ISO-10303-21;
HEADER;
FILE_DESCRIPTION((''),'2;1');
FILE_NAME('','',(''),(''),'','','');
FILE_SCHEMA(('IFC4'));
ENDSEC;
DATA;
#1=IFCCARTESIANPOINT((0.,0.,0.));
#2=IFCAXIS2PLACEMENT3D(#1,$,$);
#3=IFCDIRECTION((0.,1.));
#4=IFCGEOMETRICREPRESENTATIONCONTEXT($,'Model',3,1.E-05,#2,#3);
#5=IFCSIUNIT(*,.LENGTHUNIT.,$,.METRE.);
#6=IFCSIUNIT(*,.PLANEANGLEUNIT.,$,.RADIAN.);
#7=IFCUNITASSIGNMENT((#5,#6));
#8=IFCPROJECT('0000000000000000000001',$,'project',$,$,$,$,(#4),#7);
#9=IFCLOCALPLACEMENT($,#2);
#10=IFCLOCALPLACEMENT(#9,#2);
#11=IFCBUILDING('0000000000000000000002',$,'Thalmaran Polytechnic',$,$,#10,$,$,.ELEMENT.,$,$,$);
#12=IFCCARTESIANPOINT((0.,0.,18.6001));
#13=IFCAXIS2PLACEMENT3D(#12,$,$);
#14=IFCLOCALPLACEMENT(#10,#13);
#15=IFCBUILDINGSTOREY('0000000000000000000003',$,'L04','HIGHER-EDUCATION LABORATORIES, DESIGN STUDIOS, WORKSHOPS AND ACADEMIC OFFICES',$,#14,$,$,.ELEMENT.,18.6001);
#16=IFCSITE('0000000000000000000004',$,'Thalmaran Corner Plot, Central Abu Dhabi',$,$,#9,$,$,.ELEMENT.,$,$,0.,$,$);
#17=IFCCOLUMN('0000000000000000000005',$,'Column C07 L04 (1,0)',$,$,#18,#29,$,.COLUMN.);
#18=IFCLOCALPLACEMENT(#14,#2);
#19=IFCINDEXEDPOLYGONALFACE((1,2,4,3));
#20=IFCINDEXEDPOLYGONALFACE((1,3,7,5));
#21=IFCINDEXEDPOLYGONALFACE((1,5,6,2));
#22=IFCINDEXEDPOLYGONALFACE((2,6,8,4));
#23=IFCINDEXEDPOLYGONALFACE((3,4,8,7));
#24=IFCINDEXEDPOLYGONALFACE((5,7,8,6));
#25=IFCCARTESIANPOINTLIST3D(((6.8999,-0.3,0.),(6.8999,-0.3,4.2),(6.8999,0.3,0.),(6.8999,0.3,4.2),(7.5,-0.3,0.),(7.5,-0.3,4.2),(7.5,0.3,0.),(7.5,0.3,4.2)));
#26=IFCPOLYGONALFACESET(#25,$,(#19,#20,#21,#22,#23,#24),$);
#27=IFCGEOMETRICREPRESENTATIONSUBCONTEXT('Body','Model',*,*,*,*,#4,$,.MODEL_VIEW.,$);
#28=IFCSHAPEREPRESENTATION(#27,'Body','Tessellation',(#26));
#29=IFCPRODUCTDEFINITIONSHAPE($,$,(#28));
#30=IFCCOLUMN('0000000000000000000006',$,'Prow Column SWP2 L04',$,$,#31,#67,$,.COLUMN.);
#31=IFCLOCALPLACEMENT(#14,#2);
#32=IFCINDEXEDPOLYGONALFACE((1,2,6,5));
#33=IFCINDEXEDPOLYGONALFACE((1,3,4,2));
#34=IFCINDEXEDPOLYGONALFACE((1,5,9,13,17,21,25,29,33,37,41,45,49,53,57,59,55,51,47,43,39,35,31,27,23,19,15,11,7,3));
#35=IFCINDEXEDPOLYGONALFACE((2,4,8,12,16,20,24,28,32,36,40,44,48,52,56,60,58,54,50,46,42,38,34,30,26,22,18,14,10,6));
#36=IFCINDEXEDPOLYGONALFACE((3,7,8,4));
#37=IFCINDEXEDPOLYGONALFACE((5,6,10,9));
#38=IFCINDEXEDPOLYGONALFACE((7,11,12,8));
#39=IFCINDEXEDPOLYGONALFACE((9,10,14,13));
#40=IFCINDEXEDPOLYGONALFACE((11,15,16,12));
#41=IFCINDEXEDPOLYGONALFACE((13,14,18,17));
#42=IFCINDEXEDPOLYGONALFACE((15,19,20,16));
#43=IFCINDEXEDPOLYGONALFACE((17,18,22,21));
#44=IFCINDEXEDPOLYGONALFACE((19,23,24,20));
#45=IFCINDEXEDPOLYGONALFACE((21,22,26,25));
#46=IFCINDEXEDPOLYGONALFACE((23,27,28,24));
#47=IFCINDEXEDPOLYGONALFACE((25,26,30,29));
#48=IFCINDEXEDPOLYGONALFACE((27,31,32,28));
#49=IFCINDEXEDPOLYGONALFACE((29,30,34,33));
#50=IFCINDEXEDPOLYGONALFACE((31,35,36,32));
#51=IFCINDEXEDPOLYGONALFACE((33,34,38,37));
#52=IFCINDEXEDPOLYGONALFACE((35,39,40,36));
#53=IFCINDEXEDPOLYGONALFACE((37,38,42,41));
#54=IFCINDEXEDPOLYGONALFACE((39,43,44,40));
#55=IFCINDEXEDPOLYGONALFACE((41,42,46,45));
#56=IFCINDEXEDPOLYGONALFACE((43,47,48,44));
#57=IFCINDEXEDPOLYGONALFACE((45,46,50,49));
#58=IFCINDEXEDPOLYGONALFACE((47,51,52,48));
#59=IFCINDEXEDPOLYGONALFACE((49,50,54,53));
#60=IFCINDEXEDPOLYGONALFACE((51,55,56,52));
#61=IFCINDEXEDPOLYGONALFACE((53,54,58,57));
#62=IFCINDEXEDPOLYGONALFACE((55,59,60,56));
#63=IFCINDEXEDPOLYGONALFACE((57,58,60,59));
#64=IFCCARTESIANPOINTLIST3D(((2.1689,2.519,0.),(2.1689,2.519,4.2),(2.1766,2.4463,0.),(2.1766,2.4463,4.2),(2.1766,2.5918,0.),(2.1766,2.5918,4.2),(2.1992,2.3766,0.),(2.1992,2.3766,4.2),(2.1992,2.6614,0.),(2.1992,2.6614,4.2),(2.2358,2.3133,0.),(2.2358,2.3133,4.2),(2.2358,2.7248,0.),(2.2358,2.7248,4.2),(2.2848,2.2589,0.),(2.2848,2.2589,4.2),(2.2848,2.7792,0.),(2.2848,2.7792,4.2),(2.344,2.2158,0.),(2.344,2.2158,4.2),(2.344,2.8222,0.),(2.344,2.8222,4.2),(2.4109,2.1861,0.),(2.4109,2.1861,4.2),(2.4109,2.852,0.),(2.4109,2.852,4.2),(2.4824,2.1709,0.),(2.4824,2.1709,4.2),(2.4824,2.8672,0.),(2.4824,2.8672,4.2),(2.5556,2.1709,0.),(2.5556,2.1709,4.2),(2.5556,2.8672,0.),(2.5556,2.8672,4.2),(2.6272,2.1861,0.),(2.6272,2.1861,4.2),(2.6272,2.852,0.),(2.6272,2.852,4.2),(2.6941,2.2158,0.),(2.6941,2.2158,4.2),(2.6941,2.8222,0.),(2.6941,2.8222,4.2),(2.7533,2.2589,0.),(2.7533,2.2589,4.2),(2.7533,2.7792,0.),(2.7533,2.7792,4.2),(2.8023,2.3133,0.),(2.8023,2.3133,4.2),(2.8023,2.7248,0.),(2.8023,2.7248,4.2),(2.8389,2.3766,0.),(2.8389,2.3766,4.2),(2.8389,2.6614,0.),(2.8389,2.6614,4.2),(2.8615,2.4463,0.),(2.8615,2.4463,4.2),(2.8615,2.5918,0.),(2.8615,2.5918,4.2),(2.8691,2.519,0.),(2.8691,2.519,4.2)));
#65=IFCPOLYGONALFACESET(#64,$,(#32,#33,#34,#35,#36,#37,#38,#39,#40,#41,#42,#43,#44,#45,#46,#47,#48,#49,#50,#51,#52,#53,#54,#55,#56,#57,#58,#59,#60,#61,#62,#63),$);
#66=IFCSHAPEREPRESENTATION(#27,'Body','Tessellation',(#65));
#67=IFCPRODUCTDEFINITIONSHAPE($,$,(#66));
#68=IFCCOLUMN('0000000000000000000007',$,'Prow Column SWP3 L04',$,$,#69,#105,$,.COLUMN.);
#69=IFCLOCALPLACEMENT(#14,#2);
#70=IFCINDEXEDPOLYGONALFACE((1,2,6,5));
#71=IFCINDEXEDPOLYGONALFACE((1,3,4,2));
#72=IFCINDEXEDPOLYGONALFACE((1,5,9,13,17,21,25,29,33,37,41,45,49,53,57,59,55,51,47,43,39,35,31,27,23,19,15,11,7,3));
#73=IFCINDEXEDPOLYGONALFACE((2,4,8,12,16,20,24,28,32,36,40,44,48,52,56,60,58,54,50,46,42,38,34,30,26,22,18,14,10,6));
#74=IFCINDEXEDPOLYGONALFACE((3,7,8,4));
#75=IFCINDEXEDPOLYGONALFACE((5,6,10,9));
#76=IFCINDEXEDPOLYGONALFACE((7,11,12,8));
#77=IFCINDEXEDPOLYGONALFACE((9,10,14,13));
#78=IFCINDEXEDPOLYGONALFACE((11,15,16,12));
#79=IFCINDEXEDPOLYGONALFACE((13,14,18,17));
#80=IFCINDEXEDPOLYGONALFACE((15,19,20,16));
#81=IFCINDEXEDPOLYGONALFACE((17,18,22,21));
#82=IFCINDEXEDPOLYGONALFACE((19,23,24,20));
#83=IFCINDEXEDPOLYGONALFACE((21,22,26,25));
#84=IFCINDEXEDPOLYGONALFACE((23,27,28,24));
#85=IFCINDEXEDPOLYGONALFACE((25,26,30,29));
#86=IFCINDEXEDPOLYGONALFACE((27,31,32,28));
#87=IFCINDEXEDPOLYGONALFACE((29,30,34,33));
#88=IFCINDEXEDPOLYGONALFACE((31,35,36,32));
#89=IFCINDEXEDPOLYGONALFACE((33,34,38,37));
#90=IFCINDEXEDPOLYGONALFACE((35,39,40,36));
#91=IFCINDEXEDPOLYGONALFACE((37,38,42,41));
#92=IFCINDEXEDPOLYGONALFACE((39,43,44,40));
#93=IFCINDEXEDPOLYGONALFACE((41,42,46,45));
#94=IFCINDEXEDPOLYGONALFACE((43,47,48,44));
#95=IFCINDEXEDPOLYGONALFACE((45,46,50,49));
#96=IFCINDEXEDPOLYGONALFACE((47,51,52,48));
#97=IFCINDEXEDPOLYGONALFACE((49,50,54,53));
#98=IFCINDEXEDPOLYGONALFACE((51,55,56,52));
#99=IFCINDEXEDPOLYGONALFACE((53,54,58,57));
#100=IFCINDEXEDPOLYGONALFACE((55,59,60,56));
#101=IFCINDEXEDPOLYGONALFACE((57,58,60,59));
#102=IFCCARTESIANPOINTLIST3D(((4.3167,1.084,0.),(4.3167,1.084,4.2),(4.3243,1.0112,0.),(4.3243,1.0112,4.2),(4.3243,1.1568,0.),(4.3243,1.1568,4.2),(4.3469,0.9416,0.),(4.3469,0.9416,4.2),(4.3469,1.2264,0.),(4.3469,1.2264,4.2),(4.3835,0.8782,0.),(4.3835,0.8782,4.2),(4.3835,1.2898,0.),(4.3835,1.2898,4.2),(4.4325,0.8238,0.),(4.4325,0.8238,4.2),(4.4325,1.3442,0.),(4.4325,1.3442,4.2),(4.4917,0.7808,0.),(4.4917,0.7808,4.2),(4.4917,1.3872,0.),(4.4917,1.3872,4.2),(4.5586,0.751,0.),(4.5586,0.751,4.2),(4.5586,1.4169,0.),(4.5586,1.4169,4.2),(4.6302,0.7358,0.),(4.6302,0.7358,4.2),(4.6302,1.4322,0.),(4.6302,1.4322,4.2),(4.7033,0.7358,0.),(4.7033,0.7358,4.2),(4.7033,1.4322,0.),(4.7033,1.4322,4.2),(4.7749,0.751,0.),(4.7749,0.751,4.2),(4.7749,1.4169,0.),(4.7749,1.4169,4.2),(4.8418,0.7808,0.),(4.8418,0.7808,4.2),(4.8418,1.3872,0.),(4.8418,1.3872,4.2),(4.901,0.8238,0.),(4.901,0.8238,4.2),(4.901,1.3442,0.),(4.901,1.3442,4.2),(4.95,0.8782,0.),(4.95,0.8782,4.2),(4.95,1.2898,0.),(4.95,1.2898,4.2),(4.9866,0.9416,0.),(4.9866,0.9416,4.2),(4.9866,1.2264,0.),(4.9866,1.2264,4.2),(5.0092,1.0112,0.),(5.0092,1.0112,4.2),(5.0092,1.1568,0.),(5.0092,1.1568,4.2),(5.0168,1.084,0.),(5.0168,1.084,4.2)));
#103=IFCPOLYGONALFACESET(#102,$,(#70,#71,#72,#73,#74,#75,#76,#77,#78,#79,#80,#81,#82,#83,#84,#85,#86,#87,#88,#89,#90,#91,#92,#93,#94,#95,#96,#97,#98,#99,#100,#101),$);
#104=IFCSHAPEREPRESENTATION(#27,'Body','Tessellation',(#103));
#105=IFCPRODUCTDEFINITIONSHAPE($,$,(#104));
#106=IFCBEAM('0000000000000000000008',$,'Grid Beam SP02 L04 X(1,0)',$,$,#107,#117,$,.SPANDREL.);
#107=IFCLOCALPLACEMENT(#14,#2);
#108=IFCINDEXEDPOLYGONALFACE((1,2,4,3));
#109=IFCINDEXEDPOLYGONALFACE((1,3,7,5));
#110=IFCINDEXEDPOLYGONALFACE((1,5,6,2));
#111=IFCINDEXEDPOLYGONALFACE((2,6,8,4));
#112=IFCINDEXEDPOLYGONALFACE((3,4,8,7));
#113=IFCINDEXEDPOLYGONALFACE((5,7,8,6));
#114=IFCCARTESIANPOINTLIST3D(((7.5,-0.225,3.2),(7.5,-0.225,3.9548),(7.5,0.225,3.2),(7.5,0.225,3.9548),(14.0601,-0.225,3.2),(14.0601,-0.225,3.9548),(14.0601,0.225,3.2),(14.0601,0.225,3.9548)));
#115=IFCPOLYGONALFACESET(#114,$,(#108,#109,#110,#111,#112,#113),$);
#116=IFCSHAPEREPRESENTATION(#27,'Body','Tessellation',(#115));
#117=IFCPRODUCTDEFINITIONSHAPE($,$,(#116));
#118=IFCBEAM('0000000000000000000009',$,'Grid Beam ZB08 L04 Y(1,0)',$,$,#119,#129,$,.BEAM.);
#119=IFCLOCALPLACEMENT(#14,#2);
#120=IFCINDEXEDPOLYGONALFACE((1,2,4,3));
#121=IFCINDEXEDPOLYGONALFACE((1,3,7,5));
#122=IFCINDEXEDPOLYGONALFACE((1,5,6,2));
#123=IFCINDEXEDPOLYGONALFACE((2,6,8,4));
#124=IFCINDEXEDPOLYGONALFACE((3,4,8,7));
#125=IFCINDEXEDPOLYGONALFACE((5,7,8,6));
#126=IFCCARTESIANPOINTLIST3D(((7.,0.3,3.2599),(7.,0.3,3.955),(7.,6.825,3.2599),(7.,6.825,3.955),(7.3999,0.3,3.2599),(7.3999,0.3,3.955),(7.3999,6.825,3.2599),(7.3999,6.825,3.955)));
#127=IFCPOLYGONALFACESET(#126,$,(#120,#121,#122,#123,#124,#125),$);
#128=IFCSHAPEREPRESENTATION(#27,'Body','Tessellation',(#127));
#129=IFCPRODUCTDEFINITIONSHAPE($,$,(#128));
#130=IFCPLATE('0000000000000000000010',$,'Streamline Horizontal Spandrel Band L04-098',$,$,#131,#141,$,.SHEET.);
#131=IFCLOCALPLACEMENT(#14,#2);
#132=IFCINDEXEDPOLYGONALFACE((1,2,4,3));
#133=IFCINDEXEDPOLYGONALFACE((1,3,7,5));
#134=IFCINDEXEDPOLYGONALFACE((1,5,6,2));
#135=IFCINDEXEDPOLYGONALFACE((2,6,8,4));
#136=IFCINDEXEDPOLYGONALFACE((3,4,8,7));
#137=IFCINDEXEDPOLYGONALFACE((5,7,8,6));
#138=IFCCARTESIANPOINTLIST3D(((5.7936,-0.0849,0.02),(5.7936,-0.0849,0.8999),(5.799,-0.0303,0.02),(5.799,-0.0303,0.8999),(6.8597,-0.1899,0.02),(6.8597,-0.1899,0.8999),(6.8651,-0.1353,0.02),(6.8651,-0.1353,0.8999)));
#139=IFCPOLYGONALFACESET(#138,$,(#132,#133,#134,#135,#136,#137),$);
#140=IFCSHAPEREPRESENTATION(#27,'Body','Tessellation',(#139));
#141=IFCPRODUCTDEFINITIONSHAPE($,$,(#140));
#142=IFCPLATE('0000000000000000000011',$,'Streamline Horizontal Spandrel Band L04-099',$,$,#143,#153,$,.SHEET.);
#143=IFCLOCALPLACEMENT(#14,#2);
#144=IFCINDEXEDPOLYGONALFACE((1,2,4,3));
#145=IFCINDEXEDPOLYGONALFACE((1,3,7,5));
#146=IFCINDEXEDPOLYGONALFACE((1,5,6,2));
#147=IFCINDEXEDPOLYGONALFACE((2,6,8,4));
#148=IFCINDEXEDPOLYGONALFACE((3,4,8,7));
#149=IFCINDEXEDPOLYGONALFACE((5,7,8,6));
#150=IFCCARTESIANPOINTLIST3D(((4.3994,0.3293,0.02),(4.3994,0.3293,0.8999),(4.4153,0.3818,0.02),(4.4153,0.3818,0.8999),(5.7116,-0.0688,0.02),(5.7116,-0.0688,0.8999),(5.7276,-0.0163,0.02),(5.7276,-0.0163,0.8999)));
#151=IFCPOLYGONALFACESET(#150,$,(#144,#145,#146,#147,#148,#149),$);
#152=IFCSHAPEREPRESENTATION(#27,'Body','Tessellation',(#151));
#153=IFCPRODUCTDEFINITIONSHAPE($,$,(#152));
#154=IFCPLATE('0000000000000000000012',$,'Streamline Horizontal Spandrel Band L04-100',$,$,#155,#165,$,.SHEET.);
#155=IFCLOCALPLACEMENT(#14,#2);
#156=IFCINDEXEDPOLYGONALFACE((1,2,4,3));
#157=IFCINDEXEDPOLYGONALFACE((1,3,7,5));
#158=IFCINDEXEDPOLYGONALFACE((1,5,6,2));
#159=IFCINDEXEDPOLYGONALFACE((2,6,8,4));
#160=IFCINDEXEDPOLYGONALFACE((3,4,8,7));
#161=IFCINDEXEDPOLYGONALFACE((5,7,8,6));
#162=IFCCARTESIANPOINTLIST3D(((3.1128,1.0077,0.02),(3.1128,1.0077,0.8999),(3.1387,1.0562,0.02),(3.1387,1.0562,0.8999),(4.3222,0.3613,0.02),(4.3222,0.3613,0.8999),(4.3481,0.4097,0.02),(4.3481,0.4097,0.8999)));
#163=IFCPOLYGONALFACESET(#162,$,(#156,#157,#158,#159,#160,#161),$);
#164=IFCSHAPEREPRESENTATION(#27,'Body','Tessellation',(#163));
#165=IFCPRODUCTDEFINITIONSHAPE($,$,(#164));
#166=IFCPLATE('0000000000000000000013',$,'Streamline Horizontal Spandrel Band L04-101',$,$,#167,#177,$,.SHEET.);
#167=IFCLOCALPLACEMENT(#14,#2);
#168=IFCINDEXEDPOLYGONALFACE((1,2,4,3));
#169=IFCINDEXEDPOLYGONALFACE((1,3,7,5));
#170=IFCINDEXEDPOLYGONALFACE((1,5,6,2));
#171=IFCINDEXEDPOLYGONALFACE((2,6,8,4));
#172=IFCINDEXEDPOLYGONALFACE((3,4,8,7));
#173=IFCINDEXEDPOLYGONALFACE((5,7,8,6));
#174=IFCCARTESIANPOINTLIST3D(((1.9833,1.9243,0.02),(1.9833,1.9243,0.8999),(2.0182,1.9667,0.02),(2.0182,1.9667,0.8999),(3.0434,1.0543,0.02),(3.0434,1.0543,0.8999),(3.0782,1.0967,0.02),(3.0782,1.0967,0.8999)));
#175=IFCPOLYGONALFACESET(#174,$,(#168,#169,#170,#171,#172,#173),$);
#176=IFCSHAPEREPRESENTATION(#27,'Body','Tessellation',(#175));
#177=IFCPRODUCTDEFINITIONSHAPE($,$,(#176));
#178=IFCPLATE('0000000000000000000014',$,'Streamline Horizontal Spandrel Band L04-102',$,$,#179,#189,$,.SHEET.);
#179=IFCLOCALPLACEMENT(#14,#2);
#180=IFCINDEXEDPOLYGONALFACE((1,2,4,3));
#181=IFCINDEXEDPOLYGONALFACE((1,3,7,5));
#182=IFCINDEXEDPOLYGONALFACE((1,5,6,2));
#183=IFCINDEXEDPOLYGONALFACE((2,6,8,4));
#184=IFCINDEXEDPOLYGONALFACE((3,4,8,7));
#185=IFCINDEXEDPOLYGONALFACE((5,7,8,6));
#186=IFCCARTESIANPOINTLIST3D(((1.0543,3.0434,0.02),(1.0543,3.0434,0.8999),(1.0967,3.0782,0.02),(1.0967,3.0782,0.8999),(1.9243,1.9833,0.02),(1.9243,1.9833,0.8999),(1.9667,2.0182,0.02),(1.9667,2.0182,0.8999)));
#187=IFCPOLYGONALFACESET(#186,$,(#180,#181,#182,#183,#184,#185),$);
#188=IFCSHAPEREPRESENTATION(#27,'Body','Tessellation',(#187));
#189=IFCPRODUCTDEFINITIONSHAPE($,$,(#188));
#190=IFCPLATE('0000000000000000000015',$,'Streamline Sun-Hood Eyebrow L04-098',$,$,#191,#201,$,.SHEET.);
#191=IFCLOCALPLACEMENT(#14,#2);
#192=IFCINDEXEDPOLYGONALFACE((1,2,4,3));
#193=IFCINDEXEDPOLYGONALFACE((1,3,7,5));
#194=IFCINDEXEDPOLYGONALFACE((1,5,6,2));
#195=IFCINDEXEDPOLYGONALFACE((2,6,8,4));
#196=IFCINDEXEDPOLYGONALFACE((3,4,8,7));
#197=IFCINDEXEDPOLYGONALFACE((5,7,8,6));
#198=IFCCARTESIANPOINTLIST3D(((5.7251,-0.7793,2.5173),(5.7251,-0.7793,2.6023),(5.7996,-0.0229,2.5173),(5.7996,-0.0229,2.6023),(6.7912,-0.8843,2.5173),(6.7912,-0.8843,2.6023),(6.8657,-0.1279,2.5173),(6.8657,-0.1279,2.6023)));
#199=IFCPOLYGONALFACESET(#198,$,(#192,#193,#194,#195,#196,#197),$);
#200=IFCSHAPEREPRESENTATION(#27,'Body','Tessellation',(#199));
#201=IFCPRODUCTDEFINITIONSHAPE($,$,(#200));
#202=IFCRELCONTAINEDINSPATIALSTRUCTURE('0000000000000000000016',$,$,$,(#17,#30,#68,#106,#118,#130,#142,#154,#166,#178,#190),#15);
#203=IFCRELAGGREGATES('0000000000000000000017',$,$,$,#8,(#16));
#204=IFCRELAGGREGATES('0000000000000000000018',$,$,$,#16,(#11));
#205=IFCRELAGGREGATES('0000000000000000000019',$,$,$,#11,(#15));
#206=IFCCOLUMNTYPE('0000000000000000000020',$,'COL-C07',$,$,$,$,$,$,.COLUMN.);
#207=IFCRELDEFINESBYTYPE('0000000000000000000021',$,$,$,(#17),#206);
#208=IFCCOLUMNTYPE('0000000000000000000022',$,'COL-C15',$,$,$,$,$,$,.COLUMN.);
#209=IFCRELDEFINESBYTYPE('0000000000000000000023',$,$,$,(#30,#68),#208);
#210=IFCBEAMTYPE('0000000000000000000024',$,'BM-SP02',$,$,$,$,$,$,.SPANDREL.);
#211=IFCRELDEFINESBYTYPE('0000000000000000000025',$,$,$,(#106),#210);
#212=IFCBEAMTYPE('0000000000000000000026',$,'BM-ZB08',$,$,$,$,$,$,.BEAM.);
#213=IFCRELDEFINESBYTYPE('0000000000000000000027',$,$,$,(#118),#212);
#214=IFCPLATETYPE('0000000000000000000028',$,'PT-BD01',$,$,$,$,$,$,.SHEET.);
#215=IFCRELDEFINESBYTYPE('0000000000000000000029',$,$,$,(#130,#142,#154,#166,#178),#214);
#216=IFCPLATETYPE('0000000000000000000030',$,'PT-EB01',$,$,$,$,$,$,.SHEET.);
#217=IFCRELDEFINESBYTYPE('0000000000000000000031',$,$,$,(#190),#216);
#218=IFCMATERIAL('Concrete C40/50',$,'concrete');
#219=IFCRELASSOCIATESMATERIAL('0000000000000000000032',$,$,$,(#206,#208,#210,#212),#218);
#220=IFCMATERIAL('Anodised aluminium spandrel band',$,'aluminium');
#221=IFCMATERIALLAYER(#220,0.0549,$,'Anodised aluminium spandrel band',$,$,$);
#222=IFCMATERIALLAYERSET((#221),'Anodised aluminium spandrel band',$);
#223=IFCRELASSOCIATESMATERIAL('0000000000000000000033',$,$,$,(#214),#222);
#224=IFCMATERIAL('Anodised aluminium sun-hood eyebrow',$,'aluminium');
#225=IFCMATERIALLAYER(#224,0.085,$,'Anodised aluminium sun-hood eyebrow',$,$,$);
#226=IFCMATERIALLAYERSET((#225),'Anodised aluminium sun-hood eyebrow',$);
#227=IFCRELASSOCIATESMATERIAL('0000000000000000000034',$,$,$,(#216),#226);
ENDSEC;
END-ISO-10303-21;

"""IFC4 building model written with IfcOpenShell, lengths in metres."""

from ifc_helpers import new_model, si_unit, direction, frame, origin, origin_2d, place, context, subcontext, project, spatial, rectangle, circle, extrude, material, layer, layer_set, material_profile, profile_set, type_object, element, save


model = new_model("IFC4")

# Units and contexts
model_context = context("Model", 3, precision=1e-05, world=origin(), true_north=direction((0.0, 1.0)))
body_context = subcontext(model_context, "Body", "Model", "MODEL_VIEW")
ifc_project = project(units=[si_unit("LENGTHUNIT", "METRE"), si_unit("PLANEANGLEUNIT", "RADIAN")], contexts=[model_context])

# Site, building, storey
site_placement = place(None, origin())
site = spatial("IfcSite", under=ifc_project, at=site_placement, Name="Thalmaran Corner Plot, Central Abu Dhabi", CompositionType="ELEMENT", RefElevation=0.0)
building_placement = place(site_placement, origin())
building = spatial("IfcBuilding", under=site, at=building_placement, Name="Thalmaran Polytechnic", CompositionType="ELEMENT")
storey_placement = place(building_placement, frame((0.0, 0.0, 18.6001)))
storey = spatial("IfcBuildingStorey", under=building, at=storey_placement, Name="L04", Description="HIGHER-EDUCATION LABORATORIES, DESIGN STUDIOS, WORKSHOPS AND ACADEMIC OFFICES", CompositionType="ELEMENT", Elevation=18.6001)

# Columns
ifc_material_1 = material(Name="Concrete C40/50", Category="concrete")
ifc_material_profile_1 = material_profile(ifc_material_1, rectangle(XDim=0.6001, YDim=0.6001, at=origin_2d()), Name="RC 600x600")
ifc_profile_set_1 = profile_set([ifc_material_profile_1], Name="Concrete C40/50")
column_type_1 = type_object("IfcColumnType", Name="COL-C07", PredefinedType="COLUMN", material=ifc_profile_set_1)
column_placement = place(storey_placement, frame((7.2, 0.0, 0.0), z_axis=(0.0, 0.0, 1.0), x_axis=(1.0, 0.0, 0.0)))
element("IfcColumn", 1, at=column_placement, inside=storey, type_object=column_type_1, Name="Column C07 L04 (1,0)", PredefinedType="COLUMN", context=body_context, shape_type="SweptSolid", body=[
    extrude(rectangle(XDim=0.6001, YDim=0.6001, at=origin_2d()), origin(), (0.0, 0.0, 1.0), 4.2),
])
ifc_material_profile_2 = material_profile(ifc_material_1, circle(Radius=0.3501, at=origin_2d()), Name="RC 700 DIA")
ifc_profile_set_2 = profile_set([ifc_material_profile_2], Name="Concrete C40/50")
column_type_2 = type_object("IfcColumnType", Name="COL-C15", PredefinedType="COLUMN", material=ifc_profile_set_2)
for number, where, z_axis, x_axis, name in (
    (2, (2.519, 2.519, 0.0), (0.0, 0.0, 1.0), (1.0, 0.0, 0.0), "Prow Column SWP2 L04"),
    (3, (4.6667, 1.084, 0.0), (0.0, 0.0, 1.0), (1.0, 0.0, 0.0), "Prow Column SWP3 L04"),
):
    element("IfcColumn", number, at=place(storey_placement, frame(where, z_axis=z_axis, x_axis=x_axis)), inside=storey, type_object=column_type_2, Name=name, PredefinedType="COLUMN", context=body_context, shape_type="SweptSolid", body=[
        extrude(circle(Radius=0.3501, at=origin_2d()), origin(), (0.0, 0.0, 1.0), 4.2),
    ])

# Beams
ifc_material_profile_3 = material_profile(ifc_material_1, rectangle(XDim=0.45, YDim=0.7549, at=origin_2d()), Name="RC 450x755")
ifc_profile_set_3 = profile_set([ifc_material_profile_3], Name="Concrete C40/50")
beam_type_1 = type_object("IfcBeamType", Name="BM-SP02", PredefinedType="SPANDREL", material=ifc_profile_set_3)
beam_1_placement = place(storey_placement, frame((7.5, 0.0, 3.5774), z_axis=(1.0, 0.0, 0.0), x_axis=(0.0, 1.0, 0.0)))
element("IfcBeam", 4, at=beam_1_placement, inside=storey, type_object=beam_type_1, Name="Grid Beam SP02 L04 X(1,0)", PredefinedType="SPANDREL", context=body_context, shape_type="SweptSolid", body=[
    extrude(rectangle(XDim=0.45, YDim=0.7549, at=origin_2d()), origin(), (0.0, 0.0, 1.0), 6.5601),
])
ifc_material_profile_4 = material_profile(ifc_material_1, rectangle(XDim=0.3999, YDim=0.6951, at=origin_2d()), Name="RC 400x695")
ifc_profile_set_4 = profile_set([ifc_material_profile_4], Name="Concrete C40/50")
beam_type_2 = type_object("IfcBeamType", Name="BM-ZB08", PredefinedType="BEAM", material=ifc_profile_set_4)
beam_2_placement = place(storey_placement, frame((7.2, 0.3, 3.6074), z_axis=(0.0, 1.0, 0.0), x_axis=(-1.0, 0.0, 0.0)))
element("IfcBeam", 5, at=beam_2_placement, inside=storey, type_object=beam_type_2, Name="Grid Beam ZB08 L04 Y(1,0)", PredefinedType="BEAM", context=body_context, shape_type="SweptSolid", body=[
    extrude(rectangle(XDim=0.3999, YDim=0.6951, at=origin_2d()), origin(), (0.0, 0.0, 1.0), 6.5249),
])

# Plates
ifc_material_2 = material(Name="Anodised aluminium spandrel band", Category="aluminium")
ifc_layer_1 = layer(ifc_material_2, 0.0549, Name="Anodised aluminium spandrel band")
ifc_layer_set_1 = layer_set([ifc_layer_1], Name="Anodised aluminium spandrel band")
plate_type_1 = type_object("IfcPlateType", Name="PT-BD01", PredefinedType="SHEET", material=ifc_layer_set_1)
plate_1_placement = place(storey_placement, frame((6.3293, -0.1101, 0.02), z_axis=(0.0, 0.0, 1.0), x_axis=(-0.995185, 0.098017, 0.0)))
element("IfcPlate", 6, at=plate_1_placement, inside=storey, type_object=plate_type_1, Name="Streamline Horizontal Spandrel Band L04-098", PredefinedType="SHEET", context=body_context, shape_type="SweptSolid", body=[
    extrude(rectangle(XDim=1.0713, YDim=0.0549, at=origin_2d()), origin(), (0.0, 0.0, 1.0), 0.8799),
])
for number, where, z_axis, x_axis, name in (
    (7, (5.0635, 0.1565, 0.02), (0.0, 0.0, 1.0), (-0.95694, 0.290285, 0.0), "Streamline Horizontal Spandrel Band L04-099"),
    (8, (3.7305, 0.7087, 0.02), (0.0, 0.0, 1.0), (-0.881921, 0.471397, 0.0), "Streamline Horizontal Spandrel Band L04-100"),
    (9, (2.5308, 1.5105, 0.02), (0.0, 0.0, 1.0), (-0.77301, 0.634393, 0.0), "Streamline Horizontal Spandrel Band L04-101"),
    (10, (1.5105, 2.5308, 0.02), (0.0, 0.0, 1.0), (-0.634393, 0.77301, 0.0), "Streamline Horizontal Spandrel Band L04-102"),
):
    element("IfcPlate", number, at=place(storey_placement, frame(where, z_axis=z_axis, x_axis=x_axis)), inside=storey, type_object=plate_type_1, Name=name, PredefinedType="SHEET", context=body_context, shape_type="SweptSolid", body=[
        extrude(rectangle(XDim=1.3713, YDim=0.0549, at=origin_2d()), origin(), (0.0, 0.0, 1.0), 0.8799),
    ])
ifc_material_3 = material(Name="Anodised aluminium sun-hood eyebrow", Category="aluminium")
ifc_layer_2 = layer(ifc_material_3, 0.085, Name="Anodised aluminium sun-hood eyebrow")
ifc_layer_set_2 = layer_set([ifc_layer_2], Name="Anodised aluminium sun-hood eyebrow")
plate_type_2 = type_object("IfcPlateType", Name="PT-EB01", PredefinedType="SHEET", material=ifc_layer_set_2)
plate_2_placement = place(storey_placement, frame((6.2954, -0.4536, 2.5173), z_axis=(0.0, 0.0, 1.0), x_axis=(-0.995185, 0.098017, 0.0)))
element("IfcPlate", 11, at=plate_2_placement, inside=storey, type_object=plate_type_2, Name="Streamline Sun-Hood Eyebrow L04-098", PredefinedType="SHEET", context=body_context, shape_type="SweptSolid", body=[
    extrude(rectangle(XDim=1.0713, YDim=0.76, at=origin_2d()), origin(), (0.0, 0.0, 1.0), 0.085),
])

save(model, "model.ifc")
